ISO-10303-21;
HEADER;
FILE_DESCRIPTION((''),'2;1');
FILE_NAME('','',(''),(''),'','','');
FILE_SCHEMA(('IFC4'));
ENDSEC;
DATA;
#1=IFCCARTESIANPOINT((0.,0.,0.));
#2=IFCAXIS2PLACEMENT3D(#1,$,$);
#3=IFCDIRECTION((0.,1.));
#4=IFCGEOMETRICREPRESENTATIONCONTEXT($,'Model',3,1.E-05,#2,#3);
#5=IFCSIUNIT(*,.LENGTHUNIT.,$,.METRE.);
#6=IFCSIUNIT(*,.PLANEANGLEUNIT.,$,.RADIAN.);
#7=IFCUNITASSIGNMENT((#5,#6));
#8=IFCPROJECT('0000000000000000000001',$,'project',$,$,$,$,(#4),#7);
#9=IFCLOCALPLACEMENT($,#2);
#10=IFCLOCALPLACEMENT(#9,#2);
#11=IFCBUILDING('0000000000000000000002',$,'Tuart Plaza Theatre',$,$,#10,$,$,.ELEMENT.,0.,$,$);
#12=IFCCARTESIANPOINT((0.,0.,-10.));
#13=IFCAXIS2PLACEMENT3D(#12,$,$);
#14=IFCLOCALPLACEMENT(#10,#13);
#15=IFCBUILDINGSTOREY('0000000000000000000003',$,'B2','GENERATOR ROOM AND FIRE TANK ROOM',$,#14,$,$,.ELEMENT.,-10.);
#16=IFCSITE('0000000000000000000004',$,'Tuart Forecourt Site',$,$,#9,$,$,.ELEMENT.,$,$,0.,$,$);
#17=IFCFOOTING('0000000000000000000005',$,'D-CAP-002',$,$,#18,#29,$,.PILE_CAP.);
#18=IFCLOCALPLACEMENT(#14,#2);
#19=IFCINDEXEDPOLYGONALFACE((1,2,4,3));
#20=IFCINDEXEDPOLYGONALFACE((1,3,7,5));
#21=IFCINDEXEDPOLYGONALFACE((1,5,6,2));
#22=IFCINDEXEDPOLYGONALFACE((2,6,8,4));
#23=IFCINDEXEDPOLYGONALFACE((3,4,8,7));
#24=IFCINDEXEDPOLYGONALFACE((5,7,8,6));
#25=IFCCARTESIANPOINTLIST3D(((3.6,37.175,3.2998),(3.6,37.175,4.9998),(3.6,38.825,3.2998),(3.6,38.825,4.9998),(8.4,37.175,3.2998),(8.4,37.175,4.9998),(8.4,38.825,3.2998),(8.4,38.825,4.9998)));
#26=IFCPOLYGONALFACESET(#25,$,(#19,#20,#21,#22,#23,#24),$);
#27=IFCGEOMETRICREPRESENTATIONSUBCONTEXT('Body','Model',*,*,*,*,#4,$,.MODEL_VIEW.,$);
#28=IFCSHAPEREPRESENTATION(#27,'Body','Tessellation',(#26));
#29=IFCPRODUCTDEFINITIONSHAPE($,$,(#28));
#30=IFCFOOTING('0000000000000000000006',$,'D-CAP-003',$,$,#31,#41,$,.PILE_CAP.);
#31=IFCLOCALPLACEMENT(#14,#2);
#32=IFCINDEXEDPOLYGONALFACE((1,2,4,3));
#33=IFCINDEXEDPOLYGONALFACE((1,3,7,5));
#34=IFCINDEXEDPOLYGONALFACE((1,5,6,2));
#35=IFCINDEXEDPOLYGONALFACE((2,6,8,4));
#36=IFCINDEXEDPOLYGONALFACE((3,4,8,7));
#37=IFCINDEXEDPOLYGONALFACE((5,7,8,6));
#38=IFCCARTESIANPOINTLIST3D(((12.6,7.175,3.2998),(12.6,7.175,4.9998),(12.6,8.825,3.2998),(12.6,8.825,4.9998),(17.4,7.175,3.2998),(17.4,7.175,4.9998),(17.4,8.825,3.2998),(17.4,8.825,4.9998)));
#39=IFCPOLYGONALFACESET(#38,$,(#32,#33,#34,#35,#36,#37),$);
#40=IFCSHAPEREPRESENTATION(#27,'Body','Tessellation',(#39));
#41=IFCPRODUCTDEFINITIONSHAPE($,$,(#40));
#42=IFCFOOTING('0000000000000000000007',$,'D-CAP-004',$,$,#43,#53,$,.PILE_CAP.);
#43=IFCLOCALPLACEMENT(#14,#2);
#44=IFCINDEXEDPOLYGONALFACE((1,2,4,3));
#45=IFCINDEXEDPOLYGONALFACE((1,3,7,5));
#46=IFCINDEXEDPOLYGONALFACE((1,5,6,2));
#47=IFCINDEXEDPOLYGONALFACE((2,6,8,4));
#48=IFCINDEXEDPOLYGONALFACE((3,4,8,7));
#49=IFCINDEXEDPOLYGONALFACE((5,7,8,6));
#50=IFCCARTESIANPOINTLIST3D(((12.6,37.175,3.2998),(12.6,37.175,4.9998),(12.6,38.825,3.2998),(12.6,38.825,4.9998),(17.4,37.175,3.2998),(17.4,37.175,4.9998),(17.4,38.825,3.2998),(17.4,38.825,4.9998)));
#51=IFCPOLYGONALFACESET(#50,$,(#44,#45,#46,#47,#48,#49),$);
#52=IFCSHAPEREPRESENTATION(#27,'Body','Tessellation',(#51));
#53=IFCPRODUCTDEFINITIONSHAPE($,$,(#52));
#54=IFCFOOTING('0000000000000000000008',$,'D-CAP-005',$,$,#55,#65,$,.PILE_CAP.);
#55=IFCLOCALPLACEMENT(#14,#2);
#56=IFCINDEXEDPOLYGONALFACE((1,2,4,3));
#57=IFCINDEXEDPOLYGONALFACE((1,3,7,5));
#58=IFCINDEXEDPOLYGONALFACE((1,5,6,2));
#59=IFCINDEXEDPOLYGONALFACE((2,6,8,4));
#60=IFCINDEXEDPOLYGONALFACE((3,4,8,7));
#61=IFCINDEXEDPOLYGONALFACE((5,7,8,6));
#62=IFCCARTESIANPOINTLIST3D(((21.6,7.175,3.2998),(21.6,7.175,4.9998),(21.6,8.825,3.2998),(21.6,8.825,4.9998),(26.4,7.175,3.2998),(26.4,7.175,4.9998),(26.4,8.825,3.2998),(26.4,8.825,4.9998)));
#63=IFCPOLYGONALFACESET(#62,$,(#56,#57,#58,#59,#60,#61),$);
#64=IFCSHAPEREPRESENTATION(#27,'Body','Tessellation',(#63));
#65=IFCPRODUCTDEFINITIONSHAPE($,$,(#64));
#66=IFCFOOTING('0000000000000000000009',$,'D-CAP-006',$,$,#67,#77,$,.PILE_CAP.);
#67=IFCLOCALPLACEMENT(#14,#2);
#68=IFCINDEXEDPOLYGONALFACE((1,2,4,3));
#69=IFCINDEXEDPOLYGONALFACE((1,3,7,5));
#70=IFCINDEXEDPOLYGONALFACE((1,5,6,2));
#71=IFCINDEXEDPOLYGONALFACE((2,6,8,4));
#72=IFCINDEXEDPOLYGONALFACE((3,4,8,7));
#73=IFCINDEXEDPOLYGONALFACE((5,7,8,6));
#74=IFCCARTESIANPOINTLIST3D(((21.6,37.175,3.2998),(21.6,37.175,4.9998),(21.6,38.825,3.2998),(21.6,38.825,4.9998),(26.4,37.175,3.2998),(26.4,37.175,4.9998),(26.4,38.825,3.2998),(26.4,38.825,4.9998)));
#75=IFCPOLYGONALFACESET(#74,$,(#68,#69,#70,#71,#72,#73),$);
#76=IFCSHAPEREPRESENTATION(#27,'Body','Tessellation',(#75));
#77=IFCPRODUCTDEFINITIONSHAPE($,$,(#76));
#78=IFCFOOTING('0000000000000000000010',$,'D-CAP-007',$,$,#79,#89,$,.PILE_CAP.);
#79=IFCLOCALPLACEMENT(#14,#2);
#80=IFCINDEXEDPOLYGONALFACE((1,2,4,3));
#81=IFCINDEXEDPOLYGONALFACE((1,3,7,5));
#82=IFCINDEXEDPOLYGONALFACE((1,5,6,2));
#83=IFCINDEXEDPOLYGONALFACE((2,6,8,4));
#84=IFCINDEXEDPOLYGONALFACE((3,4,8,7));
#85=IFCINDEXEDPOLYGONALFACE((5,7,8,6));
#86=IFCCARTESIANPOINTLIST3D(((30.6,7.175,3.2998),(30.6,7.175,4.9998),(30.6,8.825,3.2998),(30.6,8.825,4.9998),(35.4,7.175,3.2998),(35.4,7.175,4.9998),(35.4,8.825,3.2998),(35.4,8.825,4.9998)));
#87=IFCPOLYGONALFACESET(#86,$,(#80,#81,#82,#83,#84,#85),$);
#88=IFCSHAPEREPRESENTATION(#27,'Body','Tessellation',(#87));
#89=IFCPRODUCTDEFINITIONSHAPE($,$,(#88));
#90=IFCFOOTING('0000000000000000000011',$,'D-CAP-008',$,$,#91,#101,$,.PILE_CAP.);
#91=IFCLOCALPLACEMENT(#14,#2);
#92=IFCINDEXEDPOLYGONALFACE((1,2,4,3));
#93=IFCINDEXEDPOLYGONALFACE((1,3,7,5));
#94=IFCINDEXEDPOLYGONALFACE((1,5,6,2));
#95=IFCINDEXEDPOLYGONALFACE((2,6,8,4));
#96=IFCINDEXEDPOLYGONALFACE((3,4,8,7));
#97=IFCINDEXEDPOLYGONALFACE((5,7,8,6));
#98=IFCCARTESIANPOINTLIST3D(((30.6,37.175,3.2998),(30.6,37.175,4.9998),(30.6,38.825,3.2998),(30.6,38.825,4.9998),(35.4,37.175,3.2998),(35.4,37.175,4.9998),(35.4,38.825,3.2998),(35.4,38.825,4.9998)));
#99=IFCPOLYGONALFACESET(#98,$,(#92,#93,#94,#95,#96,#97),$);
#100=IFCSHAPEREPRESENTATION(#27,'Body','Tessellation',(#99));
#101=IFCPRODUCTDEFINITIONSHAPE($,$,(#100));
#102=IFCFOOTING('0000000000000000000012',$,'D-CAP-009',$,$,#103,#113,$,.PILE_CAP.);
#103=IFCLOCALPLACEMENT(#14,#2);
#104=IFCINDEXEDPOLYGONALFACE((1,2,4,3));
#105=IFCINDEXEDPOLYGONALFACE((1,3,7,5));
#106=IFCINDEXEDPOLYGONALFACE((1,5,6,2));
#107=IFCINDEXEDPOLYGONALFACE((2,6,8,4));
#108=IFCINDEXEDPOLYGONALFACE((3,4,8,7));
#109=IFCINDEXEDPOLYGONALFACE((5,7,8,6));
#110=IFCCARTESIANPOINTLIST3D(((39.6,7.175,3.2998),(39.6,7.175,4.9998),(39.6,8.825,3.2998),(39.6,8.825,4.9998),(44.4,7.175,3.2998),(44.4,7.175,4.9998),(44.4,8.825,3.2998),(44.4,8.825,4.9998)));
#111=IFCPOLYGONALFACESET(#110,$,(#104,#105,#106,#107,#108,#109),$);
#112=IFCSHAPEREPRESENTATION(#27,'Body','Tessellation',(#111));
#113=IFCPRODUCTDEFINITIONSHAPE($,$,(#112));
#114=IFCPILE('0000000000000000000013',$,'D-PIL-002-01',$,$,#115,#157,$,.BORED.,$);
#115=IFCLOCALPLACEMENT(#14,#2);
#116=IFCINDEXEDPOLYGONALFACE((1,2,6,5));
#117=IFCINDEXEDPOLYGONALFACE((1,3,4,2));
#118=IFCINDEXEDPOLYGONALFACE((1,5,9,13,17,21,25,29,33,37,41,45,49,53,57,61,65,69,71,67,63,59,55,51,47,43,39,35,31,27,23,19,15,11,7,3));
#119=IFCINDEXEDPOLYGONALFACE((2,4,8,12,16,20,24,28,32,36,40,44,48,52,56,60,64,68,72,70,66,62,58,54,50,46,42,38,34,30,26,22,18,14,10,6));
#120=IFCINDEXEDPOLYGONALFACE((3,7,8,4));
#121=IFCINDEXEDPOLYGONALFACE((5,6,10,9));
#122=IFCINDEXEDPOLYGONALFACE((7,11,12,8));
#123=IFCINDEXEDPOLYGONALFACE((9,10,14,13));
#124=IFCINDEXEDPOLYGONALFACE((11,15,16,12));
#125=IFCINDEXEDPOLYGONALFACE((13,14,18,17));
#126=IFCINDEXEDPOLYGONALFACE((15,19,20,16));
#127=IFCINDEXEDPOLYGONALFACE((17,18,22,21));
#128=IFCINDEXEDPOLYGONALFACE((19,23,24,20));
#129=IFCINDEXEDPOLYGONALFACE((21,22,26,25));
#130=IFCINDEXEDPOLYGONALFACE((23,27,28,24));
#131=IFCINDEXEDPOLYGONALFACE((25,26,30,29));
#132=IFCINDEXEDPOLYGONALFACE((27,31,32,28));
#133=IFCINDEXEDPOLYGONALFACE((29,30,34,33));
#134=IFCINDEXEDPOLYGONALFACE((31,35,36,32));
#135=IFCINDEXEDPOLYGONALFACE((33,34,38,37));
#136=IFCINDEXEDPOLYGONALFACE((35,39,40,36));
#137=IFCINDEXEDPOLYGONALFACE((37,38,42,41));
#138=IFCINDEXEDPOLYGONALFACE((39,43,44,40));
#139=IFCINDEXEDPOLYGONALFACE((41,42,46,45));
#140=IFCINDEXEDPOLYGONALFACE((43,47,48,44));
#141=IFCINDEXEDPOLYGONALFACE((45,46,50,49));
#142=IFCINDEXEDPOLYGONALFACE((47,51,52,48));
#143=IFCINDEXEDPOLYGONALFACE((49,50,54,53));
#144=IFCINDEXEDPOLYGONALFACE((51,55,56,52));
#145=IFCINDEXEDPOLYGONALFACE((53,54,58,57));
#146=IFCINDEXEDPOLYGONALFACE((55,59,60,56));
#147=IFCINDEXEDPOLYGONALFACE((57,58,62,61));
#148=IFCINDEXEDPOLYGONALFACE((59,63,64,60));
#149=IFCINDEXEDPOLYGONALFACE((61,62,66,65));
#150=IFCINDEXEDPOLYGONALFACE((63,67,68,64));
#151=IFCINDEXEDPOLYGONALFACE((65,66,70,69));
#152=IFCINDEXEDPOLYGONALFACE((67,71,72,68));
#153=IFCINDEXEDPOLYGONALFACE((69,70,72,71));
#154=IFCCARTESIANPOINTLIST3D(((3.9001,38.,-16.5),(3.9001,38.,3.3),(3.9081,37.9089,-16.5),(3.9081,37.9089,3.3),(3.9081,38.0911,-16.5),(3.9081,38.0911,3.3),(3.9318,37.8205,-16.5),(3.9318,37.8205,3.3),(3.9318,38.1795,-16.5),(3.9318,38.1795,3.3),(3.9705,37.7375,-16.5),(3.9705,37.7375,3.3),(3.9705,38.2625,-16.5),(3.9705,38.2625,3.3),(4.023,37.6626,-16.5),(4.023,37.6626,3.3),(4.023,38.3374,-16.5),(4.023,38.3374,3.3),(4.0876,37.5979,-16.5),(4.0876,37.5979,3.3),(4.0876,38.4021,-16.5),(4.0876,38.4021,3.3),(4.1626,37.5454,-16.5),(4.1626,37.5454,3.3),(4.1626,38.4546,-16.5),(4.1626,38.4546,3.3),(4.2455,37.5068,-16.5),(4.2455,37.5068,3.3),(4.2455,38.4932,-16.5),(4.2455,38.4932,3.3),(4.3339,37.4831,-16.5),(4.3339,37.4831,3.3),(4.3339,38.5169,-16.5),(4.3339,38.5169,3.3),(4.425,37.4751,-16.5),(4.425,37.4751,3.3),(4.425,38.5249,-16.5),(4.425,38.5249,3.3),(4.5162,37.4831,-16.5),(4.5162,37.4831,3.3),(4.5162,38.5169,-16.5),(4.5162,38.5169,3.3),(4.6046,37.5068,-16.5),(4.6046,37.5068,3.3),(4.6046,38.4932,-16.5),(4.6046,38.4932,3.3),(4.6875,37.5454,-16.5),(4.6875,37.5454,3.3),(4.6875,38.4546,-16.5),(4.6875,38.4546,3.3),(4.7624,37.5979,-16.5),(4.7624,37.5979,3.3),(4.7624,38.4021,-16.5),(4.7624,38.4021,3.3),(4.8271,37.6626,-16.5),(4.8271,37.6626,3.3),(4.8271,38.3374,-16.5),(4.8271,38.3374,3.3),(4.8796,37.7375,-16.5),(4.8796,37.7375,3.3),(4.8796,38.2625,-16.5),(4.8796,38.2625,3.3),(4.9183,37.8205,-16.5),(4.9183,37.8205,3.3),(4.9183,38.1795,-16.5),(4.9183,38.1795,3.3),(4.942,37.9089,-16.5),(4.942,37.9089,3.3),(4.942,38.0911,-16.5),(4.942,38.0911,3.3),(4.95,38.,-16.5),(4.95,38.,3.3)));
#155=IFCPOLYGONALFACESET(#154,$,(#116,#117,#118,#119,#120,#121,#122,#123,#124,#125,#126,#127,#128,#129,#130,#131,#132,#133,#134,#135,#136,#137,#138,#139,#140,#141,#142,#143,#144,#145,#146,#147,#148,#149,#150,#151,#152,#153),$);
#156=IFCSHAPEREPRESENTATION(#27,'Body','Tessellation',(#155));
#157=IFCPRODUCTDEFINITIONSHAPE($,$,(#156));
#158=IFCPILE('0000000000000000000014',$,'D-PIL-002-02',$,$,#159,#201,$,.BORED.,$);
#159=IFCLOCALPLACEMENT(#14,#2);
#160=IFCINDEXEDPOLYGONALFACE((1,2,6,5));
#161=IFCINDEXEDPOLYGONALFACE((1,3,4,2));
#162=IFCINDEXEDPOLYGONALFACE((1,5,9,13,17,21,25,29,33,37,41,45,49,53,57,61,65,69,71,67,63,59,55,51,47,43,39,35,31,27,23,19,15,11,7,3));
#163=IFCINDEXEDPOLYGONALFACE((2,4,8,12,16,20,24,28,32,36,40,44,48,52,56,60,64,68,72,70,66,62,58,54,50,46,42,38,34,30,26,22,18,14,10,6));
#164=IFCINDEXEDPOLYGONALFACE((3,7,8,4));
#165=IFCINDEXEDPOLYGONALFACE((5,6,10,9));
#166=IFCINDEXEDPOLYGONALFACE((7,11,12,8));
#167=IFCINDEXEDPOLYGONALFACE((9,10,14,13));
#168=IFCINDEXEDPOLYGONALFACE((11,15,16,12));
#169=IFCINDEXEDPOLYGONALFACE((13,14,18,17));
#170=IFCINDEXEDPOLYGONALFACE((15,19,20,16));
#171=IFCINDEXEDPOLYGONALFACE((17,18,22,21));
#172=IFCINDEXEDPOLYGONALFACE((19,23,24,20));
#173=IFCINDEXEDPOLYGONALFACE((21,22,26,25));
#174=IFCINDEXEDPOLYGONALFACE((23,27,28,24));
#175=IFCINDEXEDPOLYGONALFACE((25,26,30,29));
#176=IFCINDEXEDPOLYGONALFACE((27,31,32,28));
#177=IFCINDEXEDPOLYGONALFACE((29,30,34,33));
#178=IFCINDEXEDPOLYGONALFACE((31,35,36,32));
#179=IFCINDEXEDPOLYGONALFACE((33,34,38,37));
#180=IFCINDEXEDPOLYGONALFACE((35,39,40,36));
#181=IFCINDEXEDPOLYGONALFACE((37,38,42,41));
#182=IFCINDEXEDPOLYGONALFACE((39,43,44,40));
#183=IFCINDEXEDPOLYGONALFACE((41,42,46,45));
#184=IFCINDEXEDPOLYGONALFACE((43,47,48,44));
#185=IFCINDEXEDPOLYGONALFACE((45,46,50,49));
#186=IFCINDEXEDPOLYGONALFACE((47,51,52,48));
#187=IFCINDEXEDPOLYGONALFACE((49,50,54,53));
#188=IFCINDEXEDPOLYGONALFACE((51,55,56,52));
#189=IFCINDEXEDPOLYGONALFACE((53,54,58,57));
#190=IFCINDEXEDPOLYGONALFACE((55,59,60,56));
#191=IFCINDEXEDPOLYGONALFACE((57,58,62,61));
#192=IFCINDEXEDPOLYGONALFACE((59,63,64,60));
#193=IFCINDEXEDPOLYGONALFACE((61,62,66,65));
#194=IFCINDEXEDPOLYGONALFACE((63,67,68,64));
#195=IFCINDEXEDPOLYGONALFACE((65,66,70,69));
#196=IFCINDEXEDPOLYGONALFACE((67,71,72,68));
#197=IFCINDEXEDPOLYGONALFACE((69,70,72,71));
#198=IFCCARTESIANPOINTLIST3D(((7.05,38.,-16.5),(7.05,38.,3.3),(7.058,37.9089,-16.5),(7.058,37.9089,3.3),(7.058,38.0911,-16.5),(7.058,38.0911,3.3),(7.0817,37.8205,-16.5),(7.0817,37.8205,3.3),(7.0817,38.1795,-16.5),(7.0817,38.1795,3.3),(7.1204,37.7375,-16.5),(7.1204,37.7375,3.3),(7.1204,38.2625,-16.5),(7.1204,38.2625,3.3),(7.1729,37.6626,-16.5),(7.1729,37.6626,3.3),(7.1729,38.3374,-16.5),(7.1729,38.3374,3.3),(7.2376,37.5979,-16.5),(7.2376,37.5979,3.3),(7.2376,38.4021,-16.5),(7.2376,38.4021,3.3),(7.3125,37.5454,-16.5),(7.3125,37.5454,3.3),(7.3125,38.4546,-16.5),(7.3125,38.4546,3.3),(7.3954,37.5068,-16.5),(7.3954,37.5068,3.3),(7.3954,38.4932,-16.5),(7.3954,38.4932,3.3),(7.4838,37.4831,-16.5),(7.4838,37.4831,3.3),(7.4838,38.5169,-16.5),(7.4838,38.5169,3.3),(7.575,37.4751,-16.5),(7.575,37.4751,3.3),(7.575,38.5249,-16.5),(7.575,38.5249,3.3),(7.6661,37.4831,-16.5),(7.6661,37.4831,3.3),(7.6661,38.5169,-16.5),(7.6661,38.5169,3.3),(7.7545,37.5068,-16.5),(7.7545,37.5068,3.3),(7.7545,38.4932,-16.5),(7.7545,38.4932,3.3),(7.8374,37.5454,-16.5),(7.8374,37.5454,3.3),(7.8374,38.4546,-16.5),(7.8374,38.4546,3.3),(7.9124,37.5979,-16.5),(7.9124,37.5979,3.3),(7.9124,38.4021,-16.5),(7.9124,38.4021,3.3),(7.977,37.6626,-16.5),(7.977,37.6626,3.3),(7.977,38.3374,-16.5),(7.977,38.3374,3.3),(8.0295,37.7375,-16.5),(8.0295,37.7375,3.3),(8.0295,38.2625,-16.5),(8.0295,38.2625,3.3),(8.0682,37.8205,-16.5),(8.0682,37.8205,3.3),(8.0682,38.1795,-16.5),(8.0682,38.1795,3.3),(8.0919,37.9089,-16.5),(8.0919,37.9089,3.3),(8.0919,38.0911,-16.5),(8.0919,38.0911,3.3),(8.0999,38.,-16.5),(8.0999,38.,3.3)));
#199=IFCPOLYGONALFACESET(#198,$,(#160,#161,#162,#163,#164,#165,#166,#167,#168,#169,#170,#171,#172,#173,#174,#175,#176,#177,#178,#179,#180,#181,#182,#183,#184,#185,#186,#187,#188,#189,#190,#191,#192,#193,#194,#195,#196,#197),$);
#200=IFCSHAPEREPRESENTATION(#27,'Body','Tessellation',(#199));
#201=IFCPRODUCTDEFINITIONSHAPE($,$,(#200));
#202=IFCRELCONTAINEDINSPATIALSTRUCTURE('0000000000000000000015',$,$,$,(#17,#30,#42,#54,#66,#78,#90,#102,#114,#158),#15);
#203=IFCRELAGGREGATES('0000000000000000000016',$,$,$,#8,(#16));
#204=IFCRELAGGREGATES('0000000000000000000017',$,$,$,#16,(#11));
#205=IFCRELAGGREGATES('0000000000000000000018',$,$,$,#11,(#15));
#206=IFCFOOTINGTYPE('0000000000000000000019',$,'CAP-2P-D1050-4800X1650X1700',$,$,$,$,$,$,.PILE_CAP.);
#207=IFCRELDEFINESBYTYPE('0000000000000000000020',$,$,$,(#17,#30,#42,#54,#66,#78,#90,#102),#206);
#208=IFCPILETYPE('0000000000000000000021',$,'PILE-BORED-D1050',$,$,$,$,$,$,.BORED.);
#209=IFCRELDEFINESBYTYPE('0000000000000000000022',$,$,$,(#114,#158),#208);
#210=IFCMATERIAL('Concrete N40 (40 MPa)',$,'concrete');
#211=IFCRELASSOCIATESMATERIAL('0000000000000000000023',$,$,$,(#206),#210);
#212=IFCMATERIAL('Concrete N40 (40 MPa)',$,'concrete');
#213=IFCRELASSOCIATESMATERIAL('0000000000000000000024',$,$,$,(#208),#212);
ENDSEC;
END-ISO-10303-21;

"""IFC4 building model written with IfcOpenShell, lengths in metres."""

from ifc_helpers import new_model, si_unit, direction, frame, origin, origin_2d, place, context, subcontext, project, spatial, rectangle, circle, extrude, material, material_profile, profile_set, type_object, element, save


model = new_model("IFC4")

# Units and contexts
model_context = context("Model", 3, precision=1e-05, world=origin(), true_north=direction((0.0, 1.0)))
body_context = subcontext(model_context, "Body", "Model", "MODEL_VIEW")
ifc_project = project(units=[si_unit("LENGTHUNIT", "METRE"), si_unit("PLANEANGLEUNIT", "RADIAN")], contexts=[model_context])

# Site, building, storey
site_placement = place(None, origin())
site = spatial("IfcSite", under=ifc_project, at=site_placement, Name="Tuart Forecourt Site", CompositionType="ELEMENT", RefElevation=0.0)
building_placement = place(site_placement, origin())
building = spatial("IfcBuilding", under=site, at=building_placement, Name="Tuart Plaza Theatre", CompositionType="ELEMENT", ElevationOfRefHeight=0.0)
storey_placement = place(building_placement, frame((0.0, 0.0, -10.0)))
storey = spatial("IfcBuildingStorey", under=building, at=storey_placement, Name="B2", Description="GENERATOR ROOM AND FIRE TANK ROOM", CompositionType="ELEMENT", Elevation=-10.0)

# Footings
ifc_material_1 = material(Name="Concrete N40 (40 MPa)", Category="concrete")
footing_type = type_object("IfcFootingType", Name="CAP-2P-D1050-4800X1650X1700", PredefinedType="PILE_CAP", material=ifc_material_1)
for number, where, z_axis, x_axis, name in (
    (1, (6.0, 38.0, 3.2998), (0.0, 0.0, 1.0), (1.0, 0.0, 0.0), "D-CAP-002"),
    (2, (15.0, 8.0, 3.2998), (0.0, 0.0, 1.0), (1.0, 0.0, 0.0), "D-CAP-003"),
    (3, (15.0, 38.0, 3.2998), (0.0, 0.0, 1.0), (1.0, 0.0, 0.0), "D-CAP-004"),
    (4, (24.0, 8.0, 3.2998), (0.0, 0.0, 1.0), (1.0, 0.0, 0.0), "D-CAP-005"),
    (5, (24.0, 38.0, 3.2998), (0.0, 0.0, 1.0), (1.0, 0.0, 0.0), "D-CAP-006"),
    (6, (33.0, 8.0, 3.2998), (0.0, 0.0, 1.0), (1.0, 0.0, 0.0), "D-CAP-007"),
    (7, (33.0, 38.0, 3.2998), (0.0, 0.0, 1.0), (1.0, 0.0, 0.0), "D-CAP-008"),
    (8, (42.0, 8.0, 3.2998), (0.0, 0.0, 1.0), (1.0, 0.0, 0.0), "D-CAP-009"),
):
    element("IfcFooting", number, at=place(storey_placement, frame(where, z_axis=z_axis, x_axis=x_axis)), inside=storey, type_object=footing_type, Name=name, PredefinedType="PILE_CAP", context=body_context, shape_type="SweptSolid", body=[
        extrude(rectangle(XDim=4.8, YDim=1.6499, at=origin_2d()), origin(), (0.0, 0.0, 1.0), 1.7),
    ])

# Piles
ifc_material_2 = material(Name="Concrete N40 (40 MPa)", Category="concrete")
ifc_material_profile_1 = material_profile(ifc_material_2, circle(Radius=0.5249, at=origin_2d()), Name="PILE-BORED-D1050")
ifc_profile_set_1 = profile_set([ifc_material_profile_1], Name="Concrete N40 (40 MPa)")
pile_type_1 = type_object("IfcPileType", Name="PILE-BORED-D1050", PredefinedType="BORED", material=ifc_profile_set_1)
for number, where, z_axis, x_axis, name in (
    (9, (4.425, 38.0, 3.3), (0.0, 0.0, -1.0), (1.0, 0.0, 0.0), "D-PIL-002-01"),
    (10, (7.575, 38.0, 3.3), (0.0, 0.0, -1.0), (1.0, 0.0, 0.0), "D-PIL-002-02"),
):
    element("IfcPile", number, at=place(storey_placement, frame(where, z_axis=z_axis, x_axis=x_axis)), inside=storey, type_object=pile_type_1, Name=name, PredefinedType="BORED", context=body_context, shape_type="SweptSolid", body=[
        extrude(circle(Radius=0.5249, at=origin_2d()), origin(), (0.0, 0.0, 1.0), 19.8),
    ])

save(model, "model.ifc")
